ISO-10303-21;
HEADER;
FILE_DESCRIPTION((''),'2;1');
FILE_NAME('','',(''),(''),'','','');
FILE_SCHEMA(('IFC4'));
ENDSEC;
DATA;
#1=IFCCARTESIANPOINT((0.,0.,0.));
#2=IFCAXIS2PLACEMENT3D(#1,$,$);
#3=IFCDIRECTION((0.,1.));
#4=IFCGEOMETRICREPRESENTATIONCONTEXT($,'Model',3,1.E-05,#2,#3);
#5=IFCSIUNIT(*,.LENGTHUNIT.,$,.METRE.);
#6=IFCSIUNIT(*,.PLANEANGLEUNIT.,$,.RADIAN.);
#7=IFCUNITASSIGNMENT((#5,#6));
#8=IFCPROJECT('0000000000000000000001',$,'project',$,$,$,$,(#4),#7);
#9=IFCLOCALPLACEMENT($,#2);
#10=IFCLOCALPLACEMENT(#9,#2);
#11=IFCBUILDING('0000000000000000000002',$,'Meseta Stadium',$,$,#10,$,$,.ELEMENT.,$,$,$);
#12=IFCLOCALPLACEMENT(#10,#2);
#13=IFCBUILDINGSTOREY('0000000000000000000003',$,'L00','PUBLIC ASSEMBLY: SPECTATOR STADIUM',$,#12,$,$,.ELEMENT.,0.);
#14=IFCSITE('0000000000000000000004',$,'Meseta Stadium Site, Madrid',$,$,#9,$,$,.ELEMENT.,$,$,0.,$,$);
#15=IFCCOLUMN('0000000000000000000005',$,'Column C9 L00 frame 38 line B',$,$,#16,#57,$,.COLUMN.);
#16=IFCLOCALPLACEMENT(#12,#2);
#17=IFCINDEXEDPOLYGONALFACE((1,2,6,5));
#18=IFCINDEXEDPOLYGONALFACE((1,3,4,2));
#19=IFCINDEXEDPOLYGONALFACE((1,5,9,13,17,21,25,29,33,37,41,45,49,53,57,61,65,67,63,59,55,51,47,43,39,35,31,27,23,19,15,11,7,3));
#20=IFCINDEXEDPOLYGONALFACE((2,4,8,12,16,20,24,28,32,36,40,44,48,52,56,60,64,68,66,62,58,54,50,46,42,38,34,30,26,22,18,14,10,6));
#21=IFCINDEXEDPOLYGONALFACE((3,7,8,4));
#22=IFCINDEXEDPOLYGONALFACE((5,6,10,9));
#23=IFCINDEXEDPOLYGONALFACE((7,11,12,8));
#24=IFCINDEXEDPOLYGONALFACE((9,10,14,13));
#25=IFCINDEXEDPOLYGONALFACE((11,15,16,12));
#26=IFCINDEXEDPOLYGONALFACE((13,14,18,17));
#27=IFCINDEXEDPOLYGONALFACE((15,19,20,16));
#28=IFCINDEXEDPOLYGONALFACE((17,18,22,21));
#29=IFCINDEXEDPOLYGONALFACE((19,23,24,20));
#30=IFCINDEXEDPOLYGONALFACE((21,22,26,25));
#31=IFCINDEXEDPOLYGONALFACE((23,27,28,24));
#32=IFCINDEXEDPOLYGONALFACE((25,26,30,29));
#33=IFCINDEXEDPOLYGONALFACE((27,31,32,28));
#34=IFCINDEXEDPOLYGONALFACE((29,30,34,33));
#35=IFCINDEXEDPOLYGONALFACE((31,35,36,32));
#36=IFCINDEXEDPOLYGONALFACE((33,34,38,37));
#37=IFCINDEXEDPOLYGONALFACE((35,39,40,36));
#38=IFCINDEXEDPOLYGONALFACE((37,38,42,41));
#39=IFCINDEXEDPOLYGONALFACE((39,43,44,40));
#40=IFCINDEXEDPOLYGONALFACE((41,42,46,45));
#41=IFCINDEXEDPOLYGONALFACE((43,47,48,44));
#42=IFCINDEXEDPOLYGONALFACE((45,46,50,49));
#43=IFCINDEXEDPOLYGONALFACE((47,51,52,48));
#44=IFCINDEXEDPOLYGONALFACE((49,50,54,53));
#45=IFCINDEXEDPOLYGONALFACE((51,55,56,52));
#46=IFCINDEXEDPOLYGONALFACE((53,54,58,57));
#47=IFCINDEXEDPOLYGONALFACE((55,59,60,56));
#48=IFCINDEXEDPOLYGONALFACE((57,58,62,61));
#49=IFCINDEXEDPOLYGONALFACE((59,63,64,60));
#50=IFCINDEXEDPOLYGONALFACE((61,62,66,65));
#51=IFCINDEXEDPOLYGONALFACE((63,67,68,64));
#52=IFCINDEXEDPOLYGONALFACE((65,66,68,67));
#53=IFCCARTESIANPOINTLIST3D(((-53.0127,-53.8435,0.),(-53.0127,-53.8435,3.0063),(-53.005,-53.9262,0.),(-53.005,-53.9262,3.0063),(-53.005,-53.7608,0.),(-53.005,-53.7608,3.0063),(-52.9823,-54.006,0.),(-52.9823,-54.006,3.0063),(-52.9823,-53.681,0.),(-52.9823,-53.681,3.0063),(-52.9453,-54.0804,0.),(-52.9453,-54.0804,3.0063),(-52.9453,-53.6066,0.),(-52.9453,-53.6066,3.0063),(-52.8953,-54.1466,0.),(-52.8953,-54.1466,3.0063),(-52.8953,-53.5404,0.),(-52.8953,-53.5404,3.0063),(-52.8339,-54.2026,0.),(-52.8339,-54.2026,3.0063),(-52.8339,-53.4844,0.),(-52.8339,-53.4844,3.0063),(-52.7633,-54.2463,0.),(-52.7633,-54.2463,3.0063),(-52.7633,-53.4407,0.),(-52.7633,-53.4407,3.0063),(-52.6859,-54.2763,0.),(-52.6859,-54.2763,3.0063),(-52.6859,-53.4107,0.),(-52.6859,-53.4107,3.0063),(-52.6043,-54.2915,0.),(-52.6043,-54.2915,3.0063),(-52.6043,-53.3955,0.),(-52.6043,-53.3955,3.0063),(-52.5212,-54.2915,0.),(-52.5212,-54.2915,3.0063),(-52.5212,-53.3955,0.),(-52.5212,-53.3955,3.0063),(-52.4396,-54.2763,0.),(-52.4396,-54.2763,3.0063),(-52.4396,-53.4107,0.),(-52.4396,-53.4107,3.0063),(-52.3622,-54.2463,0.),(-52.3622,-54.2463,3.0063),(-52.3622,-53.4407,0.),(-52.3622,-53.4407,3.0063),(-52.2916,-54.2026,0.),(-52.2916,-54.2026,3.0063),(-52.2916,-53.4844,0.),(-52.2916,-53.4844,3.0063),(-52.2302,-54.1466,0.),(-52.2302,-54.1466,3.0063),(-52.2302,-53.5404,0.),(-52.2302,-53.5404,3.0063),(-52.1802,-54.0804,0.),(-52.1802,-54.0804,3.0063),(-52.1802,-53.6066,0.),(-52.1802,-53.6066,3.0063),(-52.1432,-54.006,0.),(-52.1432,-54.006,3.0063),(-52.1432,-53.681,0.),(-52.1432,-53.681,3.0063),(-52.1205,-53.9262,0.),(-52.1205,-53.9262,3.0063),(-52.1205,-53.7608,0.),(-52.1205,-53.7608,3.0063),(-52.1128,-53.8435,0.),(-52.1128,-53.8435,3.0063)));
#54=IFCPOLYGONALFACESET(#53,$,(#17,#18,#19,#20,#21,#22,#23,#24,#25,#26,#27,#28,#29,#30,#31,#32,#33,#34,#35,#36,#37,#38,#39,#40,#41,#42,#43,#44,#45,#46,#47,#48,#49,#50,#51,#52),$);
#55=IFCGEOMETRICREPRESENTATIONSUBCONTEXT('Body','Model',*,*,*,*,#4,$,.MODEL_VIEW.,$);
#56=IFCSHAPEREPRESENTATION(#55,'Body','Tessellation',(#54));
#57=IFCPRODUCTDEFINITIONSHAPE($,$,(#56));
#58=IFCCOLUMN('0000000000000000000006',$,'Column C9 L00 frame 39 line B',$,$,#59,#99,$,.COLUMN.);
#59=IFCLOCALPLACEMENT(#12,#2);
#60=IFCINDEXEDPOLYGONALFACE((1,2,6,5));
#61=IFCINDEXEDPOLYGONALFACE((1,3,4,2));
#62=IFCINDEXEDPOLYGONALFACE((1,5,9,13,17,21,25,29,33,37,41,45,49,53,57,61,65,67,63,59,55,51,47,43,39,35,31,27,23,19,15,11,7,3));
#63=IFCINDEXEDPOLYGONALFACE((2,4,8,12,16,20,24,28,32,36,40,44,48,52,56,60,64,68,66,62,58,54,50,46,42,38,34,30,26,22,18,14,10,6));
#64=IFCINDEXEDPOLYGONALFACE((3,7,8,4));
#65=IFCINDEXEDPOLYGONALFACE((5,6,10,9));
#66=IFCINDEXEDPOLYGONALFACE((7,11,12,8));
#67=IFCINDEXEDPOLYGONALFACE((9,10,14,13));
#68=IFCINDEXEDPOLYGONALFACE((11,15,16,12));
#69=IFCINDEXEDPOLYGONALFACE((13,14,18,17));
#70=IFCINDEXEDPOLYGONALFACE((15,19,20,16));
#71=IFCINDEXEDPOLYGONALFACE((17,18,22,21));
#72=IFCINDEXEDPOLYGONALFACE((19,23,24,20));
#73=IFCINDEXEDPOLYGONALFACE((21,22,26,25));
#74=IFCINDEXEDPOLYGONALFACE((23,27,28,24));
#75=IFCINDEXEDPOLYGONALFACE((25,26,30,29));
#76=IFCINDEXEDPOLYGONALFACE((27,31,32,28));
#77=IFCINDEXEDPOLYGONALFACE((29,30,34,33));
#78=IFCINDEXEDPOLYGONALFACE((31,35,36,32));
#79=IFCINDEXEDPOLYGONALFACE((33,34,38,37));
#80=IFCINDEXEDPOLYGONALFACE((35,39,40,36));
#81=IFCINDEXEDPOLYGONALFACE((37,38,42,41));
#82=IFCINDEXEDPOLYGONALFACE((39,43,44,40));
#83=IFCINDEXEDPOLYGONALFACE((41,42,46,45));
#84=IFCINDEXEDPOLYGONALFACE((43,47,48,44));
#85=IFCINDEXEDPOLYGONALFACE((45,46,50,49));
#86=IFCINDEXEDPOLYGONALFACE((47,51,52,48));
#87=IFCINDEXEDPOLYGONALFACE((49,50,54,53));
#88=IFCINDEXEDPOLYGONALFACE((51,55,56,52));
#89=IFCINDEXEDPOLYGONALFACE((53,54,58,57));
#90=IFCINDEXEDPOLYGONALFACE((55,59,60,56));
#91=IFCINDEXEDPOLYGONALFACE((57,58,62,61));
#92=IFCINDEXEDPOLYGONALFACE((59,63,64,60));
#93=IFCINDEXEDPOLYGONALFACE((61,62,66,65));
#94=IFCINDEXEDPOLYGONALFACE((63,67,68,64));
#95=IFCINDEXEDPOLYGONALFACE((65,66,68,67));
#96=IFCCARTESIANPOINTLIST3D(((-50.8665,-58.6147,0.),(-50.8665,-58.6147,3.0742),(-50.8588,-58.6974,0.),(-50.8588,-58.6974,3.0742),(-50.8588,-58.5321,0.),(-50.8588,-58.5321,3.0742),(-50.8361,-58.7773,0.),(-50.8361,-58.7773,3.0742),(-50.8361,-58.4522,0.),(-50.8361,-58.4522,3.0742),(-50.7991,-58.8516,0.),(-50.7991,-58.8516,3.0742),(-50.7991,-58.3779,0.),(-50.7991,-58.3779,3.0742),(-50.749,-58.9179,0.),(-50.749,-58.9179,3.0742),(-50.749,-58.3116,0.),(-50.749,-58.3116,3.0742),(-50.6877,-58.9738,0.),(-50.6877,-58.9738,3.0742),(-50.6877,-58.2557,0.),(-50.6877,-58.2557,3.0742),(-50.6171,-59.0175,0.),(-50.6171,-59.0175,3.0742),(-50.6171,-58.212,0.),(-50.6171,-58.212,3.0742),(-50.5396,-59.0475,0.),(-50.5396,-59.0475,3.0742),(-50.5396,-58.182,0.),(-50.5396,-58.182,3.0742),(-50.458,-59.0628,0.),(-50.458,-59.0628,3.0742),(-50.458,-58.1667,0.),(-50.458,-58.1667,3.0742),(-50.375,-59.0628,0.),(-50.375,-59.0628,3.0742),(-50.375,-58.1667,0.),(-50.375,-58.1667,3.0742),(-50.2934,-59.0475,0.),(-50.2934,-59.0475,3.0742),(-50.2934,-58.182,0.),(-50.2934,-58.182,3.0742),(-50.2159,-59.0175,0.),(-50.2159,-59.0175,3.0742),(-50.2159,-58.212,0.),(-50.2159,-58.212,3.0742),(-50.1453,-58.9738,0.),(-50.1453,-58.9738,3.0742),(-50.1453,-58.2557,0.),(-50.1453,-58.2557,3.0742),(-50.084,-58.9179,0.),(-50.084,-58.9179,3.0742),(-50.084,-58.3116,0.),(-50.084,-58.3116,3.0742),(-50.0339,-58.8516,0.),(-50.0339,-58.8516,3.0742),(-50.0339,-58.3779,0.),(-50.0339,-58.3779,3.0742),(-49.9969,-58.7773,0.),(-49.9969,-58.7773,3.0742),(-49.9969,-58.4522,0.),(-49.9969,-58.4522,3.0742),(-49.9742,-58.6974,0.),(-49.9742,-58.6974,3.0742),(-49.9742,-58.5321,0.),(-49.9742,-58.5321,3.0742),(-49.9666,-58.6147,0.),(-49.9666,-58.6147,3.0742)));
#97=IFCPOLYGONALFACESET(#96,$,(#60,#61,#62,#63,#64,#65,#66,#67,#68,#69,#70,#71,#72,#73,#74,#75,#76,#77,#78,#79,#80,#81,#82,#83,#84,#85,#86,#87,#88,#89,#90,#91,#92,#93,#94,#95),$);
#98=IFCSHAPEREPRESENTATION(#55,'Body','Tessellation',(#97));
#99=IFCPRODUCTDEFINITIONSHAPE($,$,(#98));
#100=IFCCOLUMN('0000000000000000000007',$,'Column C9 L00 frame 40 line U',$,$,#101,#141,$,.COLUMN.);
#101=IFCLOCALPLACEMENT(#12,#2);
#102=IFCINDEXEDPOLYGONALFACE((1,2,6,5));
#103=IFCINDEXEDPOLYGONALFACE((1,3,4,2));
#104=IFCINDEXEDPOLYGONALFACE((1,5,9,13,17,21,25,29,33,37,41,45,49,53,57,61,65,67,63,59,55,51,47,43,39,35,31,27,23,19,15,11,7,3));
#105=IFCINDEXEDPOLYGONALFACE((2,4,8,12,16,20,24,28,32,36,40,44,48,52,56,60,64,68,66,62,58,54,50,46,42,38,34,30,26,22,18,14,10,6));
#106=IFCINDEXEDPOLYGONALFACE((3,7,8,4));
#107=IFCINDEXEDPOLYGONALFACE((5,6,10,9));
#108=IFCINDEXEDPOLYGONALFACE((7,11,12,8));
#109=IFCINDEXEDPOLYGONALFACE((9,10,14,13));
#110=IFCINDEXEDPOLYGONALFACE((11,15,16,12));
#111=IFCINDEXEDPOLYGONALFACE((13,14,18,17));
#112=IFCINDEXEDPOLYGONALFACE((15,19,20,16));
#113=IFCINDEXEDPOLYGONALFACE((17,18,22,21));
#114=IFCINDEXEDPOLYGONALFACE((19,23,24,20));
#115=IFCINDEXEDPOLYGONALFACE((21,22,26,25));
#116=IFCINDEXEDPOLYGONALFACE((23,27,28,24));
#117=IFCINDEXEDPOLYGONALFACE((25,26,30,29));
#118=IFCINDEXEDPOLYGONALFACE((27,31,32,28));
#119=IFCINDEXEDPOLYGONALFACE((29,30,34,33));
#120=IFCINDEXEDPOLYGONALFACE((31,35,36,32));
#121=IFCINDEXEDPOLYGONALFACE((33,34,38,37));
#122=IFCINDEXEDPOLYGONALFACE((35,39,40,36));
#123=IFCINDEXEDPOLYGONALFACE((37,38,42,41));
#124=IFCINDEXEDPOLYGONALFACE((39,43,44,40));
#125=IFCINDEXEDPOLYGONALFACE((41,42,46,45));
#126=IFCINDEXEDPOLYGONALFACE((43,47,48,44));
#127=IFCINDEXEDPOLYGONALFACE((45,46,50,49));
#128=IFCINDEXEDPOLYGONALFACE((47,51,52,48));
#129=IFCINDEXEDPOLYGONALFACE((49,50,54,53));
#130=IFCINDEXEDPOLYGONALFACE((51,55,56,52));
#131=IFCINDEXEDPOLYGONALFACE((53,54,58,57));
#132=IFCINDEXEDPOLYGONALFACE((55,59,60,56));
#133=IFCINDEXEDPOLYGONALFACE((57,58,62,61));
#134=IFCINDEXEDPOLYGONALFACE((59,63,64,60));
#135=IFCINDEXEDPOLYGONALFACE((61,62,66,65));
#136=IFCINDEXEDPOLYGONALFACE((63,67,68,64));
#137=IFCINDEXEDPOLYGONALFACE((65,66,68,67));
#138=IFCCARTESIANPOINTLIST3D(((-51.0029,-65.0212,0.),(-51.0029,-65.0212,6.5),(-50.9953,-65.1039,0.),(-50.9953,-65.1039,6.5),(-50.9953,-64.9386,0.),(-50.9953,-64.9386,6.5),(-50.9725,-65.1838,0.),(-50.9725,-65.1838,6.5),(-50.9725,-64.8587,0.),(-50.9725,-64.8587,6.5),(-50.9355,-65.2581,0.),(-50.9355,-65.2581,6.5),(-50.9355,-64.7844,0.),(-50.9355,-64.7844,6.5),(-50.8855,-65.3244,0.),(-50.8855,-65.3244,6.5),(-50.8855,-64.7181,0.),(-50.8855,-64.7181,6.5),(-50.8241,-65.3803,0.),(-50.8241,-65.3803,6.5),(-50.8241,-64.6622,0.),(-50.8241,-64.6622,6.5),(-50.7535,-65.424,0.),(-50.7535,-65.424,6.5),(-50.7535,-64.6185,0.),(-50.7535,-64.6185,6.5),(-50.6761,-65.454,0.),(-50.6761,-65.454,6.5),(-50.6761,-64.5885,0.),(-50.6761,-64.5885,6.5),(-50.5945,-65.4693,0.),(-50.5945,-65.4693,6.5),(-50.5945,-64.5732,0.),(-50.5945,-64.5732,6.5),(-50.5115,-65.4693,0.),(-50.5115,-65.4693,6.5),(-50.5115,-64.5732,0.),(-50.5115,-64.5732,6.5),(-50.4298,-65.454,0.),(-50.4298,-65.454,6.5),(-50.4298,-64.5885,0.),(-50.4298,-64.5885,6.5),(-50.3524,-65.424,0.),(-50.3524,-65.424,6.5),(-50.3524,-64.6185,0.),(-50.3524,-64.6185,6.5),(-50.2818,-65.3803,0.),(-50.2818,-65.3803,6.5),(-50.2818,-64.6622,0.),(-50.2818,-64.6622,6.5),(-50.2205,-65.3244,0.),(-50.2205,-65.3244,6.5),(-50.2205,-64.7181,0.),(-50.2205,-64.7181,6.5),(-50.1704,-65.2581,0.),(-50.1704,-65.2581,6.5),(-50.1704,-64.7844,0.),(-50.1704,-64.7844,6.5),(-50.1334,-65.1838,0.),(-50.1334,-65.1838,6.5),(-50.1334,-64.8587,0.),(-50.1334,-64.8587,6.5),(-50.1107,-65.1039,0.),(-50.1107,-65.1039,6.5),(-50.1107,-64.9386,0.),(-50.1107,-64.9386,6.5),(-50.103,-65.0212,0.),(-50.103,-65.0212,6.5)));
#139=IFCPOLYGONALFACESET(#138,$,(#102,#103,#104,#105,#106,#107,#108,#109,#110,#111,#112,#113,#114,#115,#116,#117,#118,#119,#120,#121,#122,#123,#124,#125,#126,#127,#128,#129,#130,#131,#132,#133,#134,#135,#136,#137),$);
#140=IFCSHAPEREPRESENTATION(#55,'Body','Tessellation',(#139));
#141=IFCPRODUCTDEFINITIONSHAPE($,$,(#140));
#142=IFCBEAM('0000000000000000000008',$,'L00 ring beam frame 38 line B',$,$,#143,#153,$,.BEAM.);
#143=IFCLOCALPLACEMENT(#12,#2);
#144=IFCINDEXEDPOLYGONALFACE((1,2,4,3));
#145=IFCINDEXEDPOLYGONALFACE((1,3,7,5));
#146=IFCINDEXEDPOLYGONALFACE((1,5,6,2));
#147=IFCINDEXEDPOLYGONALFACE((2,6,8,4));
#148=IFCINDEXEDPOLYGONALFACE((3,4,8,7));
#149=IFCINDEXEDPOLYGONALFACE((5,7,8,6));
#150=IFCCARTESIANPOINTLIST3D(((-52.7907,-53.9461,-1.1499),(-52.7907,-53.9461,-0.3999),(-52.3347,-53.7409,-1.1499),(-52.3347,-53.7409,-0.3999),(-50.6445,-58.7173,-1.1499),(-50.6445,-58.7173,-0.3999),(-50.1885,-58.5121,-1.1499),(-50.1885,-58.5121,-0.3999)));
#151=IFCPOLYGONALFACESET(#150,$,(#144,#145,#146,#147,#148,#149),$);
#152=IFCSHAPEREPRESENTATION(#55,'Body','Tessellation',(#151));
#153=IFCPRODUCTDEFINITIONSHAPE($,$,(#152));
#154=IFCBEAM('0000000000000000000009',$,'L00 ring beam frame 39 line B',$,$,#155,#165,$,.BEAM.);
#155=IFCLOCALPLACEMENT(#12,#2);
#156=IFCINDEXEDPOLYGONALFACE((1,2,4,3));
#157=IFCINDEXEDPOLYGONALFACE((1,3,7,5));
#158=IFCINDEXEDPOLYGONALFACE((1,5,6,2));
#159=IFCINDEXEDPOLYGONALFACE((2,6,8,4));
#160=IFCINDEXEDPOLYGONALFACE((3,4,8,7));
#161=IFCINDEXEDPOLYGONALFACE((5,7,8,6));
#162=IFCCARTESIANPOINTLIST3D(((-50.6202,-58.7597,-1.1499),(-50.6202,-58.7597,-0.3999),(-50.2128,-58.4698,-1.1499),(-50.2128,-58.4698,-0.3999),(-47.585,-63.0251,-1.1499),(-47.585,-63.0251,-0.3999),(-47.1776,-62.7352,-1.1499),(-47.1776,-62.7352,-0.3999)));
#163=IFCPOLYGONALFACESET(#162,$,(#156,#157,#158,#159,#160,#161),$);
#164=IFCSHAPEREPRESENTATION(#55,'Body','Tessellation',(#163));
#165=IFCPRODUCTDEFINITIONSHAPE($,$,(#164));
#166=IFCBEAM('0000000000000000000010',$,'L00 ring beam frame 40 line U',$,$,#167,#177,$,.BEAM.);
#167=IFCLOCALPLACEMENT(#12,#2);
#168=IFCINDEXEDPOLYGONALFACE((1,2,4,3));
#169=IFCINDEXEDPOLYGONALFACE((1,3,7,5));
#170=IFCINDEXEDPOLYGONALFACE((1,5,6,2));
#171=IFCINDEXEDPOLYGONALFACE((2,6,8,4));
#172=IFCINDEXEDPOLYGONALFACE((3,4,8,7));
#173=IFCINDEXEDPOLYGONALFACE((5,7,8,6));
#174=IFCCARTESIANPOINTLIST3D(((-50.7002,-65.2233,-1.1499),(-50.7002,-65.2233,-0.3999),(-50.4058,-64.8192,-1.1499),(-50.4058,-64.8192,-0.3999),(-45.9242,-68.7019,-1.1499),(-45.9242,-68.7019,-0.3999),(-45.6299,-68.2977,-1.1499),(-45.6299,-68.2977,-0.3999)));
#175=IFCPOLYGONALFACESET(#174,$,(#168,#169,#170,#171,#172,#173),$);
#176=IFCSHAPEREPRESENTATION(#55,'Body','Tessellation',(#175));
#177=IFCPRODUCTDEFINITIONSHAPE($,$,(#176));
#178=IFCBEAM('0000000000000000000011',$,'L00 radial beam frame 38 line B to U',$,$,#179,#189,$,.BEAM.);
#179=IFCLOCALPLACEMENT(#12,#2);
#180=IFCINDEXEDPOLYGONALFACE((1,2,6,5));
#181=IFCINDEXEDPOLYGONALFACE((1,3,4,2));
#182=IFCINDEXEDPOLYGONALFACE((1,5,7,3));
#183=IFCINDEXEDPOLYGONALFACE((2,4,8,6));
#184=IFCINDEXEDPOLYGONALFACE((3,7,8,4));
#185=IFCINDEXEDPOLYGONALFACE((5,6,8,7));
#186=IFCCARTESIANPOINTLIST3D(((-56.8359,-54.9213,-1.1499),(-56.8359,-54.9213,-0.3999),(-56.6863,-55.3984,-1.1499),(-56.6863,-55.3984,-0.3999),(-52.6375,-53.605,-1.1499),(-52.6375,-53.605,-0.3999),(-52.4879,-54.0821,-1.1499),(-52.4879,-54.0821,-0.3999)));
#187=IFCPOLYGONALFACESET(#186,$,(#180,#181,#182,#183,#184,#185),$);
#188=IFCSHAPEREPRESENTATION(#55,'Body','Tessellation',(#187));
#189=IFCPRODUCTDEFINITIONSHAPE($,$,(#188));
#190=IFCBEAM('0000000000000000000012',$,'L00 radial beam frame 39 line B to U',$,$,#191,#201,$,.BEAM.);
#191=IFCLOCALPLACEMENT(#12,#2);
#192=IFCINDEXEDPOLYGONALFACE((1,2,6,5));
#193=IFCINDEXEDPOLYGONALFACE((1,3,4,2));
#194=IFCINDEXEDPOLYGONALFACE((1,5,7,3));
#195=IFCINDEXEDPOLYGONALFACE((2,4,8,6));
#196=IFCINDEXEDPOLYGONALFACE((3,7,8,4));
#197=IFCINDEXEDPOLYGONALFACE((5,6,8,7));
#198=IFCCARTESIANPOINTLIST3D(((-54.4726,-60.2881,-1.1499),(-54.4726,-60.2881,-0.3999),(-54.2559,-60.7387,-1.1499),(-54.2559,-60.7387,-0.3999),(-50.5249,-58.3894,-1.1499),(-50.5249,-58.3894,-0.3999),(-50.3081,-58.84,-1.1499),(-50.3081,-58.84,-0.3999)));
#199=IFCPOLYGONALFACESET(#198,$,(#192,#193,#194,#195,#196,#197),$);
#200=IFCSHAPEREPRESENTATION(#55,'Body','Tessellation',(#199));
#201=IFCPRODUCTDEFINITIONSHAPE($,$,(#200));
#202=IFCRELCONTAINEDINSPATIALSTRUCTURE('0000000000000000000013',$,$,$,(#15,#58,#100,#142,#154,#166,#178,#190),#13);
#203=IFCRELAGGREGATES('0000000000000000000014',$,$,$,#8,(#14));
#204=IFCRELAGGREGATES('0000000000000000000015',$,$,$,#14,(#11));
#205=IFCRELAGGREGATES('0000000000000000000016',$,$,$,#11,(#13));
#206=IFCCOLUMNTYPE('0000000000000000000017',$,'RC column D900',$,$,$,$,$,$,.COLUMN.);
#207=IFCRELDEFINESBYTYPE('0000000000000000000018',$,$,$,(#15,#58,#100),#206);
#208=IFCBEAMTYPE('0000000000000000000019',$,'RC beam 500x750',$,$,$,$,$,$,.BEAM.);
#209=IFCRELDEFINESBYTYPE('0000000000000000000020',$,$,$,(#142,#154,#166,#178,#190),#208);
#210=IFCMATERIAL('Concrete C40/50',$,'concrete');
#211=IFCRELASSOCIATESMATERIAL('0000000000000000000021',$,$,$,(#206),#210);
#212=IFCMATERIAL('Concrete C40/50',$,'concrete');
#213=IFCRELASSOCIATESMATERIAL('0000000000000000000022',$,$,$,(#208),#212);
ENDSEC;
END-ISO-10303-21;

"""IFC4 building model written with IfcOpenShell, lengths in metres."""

from ifc_helpers import new_model, si_unit, direction, frame, origin, origin_2d, place, context, subcontext, project, spatial, rectangle, circle, extrude, material, material_profile, profile_set, type_object, element, save


model = new_model("IFC4")

# Units and contexts
model_context = context("Model", 3, precision=1e-05, world=origin(), true_north=direction((0.0, 1.0)))
body_context = subcontext(model_context, "Body", "Model", "MODEL_VIEW")
ifc_project = project(units=[si_unit("LENGTHUNIT", "METRE"), si_unit("PLANEANGLEUNIT", "RADIAN")], contexts=[model_context])

# Site, building, storey
site_placement = place(None, origin())
site = spatial("IfcSite", under=ifc_project, at=site_placement, Name="Meseta Stadium Site, Madrid", CompositionType="ELEMENT", RefElevation=0.0)
building_placement = place(site_placement, origin())
building = spatial("IfcBuilding", under=site, at=building_placement, Name="Meseta Stadium", CompositionType="ELEMENT")
storey_placement = place(building_placement, origin())
storey = spatial("IfcBuildingStorey", under=building, at=storey_placement, Name="L00", Description="PUBLIC ASSEMBLY: SPECTATOR STADIUM", CompositionType="ELEMENT", Elevation=0.0)

# Columns
ifc_material_1 = material(Name="Concrete C40/50", Category="concrete")
ifc_material_profile_1 = material_profile(ifc_material_1, circle(Radius=0.45, at=origin_2d()), Name="RC D900")
ifc_profile_set_1 = profile_set([ifc_material_profile_1], Name="Concrete C40/50")
column_type = type_object("IfcColumnType", Name="RC column D900", PredefinedType="COLUMN", material=ifc_profile_set_1)
column_1_placement = place(storey_placement, frame((-52.5627, -53.8435, 0.0), z_axis=(0.0, 0.0, 1.0), x_axis=(1.0, 0.0, 0.0)))
element("IfcColumn", 1, at=column_1_placement, inside=storey, type_object=column_type, Name="Column C9 L00 frame 38 line B", PredefinedType="COLUMN", context=body_context, shape_type="SweptSolid", body=[
    extrude(circle(Radius=0.45, at=origin_2d()), origin(), (0.0, 0.0, 1.0), 3.0063),
])
column_2_placement = place(storey_placement, frame((-50.4165, -58.6147, 0.0), z_axis=(0.0, 0.0, 1.0), x_axis=(1.0, 0.0, 0.0)))
element("IfcColumn", 2, at=column_2_placement, inside=storey, type_object=column_type, Name="Column C9 L00 frame 39 line B", PredefinedType="COLUMN", context=body_context, shape_type="SweptSolid", body=[
    extrude(circle(Radius=0.45, at=origin_2d()), origin(), (0.0, 0.0, 1.0), 3.0742),
])
column_3_placement = place(storey_placement, frame((-50.553, -65.0212, 0.0), z_axis=(0.0, 0.0, 1.0), x_axis=(1.0, 0.0, 0.0)))
element("IfcColumn", 3, at=column_3_placement, inside=storey, type_object=column_type, Name="Column C9 L00 frame 40 line U", PredefinedType="COLUMN", context=body_context, shape_type="SweptSolid", body=[
    extrude(circle(Radius=0.45, at=origin_2d()), origin(), (0.0, 0.0, 1.0), 6.5),
])

# Beams
ifc_material_2 = material(Name="Concrete C40/50", Category="concrete")
ifc_material_profile_2 = material_profile(ifc_material_2, rectangle(XDim=0.5, YDim=0.75, at=origin_2d()), Name="RC 500x750")
ifc_profile_set_2 = profile_set([ifc_material_profile_2], Name="Concrete C40/50")
beam_type = type_object("IfcBeamType", Name="RC beam 500x750", PredefinedType="BEAM", material=ifc_profile_set_2)
beam_1_placement = place(storey_placement, frame((-52.5627, -53.8435, -0.7749), z_axis=(0.410235, -0.91198, 0.0), x_axis=(0.91198, 0.410235, 0.0)))
element("IfcBeam", 4, at=beam_1_placement, inside=storey, type_object=beam_type, Name="L00 ring beam frame 38 line B", PredefinedType="BEAM", context=body_context, shape_type="SweptSolid", body=[
    extrude(rectangle(XDim=0.5, YDim=0.75, at=origin_2d()), origin(), (0.0, 0.0, 1.0), 5.2317),
])
beam_2_placement = place(storey_placement, frame((-50.4165, -58.6147, -0.7749), z_axis=(0.579777, -0.814775, 0.0), x_axis=(0.814775, 0.579777, 0.0)))
element("IfcBeam", 5, at=beam_2_placement, inside=storey, type_object=beam_type, Name="L00 ring beam frame 39 line B", PredefinedType="BEAM", context=body_context, shape_type="SweptSolid", body=[
    extrude(rectangle(XDim=0.5, YDim=0.75, at=origin_2d()), origin(), (0.0, 0.0, 1.0), 5.2351),
])
beam_3_placement = place(storey_placement, frame((-50.553, -65.0212, -0.7749), z_axis=(0.808321, -0.588742, 0.0), x_axis=(0.588742, 0.808321, 0.0)))
element("IfcBeam", 6, at=beam_3_placement, inside=storey, type_object=beam_type, Name="L00 ring beam frame 40 line U", PredefinedType="BEAM", context=body_context, shape_type="SweptSolid", body=[
    extrude(rectangle(XDim=0.5, YDim=0.75, at=origin_2d()), origin(), (0.0, 0.0, 1.0), 5.9084),
])
beam_4_placement = place(storey_placement, frame((-52.5627, -53.8435, -0.7749), z_axis=(-0.954196, -0.299182, 0.0), x_axis=(0.299182, -0.954196, 0.0)))
element("IfcBeam", 7, at=beam_4_placement, inside=storey, type_object=beam_type, Name="L00 radial beam frame 38 line B to U", PredefinedType="BEAM", context=body_context, shape_type="SweptSolid", body=[
    extrude(rectangle(XDim=0.5, YDim=0.75, at=origin_2d()), origin(), (0.0, 0.0, 1.0), 4.3999),
])
beam_5_placement = place(storey_placement, frame((-50.4165, -58.6147, -0.7749), z_axis=(-0.901188, -0.433428, 0.0), x_axis=(0.433428, -0.901188, 0.0)))
element("IfcBeam", 8, at=beam_5_placement, inside=storey, type_object=beam_type, Name="L00 radial beam frame 39 line B to U", PredefinedType="BEAM", context=body_context, shape_type="SweptSolid", body=[
    extrude(rectangle(XDim=0.5, YDim=0.75, at=origin_2d()), origin(), (0.0, 0.0, 1.0), 4.3806),
])

save(model, "model.ifc")
